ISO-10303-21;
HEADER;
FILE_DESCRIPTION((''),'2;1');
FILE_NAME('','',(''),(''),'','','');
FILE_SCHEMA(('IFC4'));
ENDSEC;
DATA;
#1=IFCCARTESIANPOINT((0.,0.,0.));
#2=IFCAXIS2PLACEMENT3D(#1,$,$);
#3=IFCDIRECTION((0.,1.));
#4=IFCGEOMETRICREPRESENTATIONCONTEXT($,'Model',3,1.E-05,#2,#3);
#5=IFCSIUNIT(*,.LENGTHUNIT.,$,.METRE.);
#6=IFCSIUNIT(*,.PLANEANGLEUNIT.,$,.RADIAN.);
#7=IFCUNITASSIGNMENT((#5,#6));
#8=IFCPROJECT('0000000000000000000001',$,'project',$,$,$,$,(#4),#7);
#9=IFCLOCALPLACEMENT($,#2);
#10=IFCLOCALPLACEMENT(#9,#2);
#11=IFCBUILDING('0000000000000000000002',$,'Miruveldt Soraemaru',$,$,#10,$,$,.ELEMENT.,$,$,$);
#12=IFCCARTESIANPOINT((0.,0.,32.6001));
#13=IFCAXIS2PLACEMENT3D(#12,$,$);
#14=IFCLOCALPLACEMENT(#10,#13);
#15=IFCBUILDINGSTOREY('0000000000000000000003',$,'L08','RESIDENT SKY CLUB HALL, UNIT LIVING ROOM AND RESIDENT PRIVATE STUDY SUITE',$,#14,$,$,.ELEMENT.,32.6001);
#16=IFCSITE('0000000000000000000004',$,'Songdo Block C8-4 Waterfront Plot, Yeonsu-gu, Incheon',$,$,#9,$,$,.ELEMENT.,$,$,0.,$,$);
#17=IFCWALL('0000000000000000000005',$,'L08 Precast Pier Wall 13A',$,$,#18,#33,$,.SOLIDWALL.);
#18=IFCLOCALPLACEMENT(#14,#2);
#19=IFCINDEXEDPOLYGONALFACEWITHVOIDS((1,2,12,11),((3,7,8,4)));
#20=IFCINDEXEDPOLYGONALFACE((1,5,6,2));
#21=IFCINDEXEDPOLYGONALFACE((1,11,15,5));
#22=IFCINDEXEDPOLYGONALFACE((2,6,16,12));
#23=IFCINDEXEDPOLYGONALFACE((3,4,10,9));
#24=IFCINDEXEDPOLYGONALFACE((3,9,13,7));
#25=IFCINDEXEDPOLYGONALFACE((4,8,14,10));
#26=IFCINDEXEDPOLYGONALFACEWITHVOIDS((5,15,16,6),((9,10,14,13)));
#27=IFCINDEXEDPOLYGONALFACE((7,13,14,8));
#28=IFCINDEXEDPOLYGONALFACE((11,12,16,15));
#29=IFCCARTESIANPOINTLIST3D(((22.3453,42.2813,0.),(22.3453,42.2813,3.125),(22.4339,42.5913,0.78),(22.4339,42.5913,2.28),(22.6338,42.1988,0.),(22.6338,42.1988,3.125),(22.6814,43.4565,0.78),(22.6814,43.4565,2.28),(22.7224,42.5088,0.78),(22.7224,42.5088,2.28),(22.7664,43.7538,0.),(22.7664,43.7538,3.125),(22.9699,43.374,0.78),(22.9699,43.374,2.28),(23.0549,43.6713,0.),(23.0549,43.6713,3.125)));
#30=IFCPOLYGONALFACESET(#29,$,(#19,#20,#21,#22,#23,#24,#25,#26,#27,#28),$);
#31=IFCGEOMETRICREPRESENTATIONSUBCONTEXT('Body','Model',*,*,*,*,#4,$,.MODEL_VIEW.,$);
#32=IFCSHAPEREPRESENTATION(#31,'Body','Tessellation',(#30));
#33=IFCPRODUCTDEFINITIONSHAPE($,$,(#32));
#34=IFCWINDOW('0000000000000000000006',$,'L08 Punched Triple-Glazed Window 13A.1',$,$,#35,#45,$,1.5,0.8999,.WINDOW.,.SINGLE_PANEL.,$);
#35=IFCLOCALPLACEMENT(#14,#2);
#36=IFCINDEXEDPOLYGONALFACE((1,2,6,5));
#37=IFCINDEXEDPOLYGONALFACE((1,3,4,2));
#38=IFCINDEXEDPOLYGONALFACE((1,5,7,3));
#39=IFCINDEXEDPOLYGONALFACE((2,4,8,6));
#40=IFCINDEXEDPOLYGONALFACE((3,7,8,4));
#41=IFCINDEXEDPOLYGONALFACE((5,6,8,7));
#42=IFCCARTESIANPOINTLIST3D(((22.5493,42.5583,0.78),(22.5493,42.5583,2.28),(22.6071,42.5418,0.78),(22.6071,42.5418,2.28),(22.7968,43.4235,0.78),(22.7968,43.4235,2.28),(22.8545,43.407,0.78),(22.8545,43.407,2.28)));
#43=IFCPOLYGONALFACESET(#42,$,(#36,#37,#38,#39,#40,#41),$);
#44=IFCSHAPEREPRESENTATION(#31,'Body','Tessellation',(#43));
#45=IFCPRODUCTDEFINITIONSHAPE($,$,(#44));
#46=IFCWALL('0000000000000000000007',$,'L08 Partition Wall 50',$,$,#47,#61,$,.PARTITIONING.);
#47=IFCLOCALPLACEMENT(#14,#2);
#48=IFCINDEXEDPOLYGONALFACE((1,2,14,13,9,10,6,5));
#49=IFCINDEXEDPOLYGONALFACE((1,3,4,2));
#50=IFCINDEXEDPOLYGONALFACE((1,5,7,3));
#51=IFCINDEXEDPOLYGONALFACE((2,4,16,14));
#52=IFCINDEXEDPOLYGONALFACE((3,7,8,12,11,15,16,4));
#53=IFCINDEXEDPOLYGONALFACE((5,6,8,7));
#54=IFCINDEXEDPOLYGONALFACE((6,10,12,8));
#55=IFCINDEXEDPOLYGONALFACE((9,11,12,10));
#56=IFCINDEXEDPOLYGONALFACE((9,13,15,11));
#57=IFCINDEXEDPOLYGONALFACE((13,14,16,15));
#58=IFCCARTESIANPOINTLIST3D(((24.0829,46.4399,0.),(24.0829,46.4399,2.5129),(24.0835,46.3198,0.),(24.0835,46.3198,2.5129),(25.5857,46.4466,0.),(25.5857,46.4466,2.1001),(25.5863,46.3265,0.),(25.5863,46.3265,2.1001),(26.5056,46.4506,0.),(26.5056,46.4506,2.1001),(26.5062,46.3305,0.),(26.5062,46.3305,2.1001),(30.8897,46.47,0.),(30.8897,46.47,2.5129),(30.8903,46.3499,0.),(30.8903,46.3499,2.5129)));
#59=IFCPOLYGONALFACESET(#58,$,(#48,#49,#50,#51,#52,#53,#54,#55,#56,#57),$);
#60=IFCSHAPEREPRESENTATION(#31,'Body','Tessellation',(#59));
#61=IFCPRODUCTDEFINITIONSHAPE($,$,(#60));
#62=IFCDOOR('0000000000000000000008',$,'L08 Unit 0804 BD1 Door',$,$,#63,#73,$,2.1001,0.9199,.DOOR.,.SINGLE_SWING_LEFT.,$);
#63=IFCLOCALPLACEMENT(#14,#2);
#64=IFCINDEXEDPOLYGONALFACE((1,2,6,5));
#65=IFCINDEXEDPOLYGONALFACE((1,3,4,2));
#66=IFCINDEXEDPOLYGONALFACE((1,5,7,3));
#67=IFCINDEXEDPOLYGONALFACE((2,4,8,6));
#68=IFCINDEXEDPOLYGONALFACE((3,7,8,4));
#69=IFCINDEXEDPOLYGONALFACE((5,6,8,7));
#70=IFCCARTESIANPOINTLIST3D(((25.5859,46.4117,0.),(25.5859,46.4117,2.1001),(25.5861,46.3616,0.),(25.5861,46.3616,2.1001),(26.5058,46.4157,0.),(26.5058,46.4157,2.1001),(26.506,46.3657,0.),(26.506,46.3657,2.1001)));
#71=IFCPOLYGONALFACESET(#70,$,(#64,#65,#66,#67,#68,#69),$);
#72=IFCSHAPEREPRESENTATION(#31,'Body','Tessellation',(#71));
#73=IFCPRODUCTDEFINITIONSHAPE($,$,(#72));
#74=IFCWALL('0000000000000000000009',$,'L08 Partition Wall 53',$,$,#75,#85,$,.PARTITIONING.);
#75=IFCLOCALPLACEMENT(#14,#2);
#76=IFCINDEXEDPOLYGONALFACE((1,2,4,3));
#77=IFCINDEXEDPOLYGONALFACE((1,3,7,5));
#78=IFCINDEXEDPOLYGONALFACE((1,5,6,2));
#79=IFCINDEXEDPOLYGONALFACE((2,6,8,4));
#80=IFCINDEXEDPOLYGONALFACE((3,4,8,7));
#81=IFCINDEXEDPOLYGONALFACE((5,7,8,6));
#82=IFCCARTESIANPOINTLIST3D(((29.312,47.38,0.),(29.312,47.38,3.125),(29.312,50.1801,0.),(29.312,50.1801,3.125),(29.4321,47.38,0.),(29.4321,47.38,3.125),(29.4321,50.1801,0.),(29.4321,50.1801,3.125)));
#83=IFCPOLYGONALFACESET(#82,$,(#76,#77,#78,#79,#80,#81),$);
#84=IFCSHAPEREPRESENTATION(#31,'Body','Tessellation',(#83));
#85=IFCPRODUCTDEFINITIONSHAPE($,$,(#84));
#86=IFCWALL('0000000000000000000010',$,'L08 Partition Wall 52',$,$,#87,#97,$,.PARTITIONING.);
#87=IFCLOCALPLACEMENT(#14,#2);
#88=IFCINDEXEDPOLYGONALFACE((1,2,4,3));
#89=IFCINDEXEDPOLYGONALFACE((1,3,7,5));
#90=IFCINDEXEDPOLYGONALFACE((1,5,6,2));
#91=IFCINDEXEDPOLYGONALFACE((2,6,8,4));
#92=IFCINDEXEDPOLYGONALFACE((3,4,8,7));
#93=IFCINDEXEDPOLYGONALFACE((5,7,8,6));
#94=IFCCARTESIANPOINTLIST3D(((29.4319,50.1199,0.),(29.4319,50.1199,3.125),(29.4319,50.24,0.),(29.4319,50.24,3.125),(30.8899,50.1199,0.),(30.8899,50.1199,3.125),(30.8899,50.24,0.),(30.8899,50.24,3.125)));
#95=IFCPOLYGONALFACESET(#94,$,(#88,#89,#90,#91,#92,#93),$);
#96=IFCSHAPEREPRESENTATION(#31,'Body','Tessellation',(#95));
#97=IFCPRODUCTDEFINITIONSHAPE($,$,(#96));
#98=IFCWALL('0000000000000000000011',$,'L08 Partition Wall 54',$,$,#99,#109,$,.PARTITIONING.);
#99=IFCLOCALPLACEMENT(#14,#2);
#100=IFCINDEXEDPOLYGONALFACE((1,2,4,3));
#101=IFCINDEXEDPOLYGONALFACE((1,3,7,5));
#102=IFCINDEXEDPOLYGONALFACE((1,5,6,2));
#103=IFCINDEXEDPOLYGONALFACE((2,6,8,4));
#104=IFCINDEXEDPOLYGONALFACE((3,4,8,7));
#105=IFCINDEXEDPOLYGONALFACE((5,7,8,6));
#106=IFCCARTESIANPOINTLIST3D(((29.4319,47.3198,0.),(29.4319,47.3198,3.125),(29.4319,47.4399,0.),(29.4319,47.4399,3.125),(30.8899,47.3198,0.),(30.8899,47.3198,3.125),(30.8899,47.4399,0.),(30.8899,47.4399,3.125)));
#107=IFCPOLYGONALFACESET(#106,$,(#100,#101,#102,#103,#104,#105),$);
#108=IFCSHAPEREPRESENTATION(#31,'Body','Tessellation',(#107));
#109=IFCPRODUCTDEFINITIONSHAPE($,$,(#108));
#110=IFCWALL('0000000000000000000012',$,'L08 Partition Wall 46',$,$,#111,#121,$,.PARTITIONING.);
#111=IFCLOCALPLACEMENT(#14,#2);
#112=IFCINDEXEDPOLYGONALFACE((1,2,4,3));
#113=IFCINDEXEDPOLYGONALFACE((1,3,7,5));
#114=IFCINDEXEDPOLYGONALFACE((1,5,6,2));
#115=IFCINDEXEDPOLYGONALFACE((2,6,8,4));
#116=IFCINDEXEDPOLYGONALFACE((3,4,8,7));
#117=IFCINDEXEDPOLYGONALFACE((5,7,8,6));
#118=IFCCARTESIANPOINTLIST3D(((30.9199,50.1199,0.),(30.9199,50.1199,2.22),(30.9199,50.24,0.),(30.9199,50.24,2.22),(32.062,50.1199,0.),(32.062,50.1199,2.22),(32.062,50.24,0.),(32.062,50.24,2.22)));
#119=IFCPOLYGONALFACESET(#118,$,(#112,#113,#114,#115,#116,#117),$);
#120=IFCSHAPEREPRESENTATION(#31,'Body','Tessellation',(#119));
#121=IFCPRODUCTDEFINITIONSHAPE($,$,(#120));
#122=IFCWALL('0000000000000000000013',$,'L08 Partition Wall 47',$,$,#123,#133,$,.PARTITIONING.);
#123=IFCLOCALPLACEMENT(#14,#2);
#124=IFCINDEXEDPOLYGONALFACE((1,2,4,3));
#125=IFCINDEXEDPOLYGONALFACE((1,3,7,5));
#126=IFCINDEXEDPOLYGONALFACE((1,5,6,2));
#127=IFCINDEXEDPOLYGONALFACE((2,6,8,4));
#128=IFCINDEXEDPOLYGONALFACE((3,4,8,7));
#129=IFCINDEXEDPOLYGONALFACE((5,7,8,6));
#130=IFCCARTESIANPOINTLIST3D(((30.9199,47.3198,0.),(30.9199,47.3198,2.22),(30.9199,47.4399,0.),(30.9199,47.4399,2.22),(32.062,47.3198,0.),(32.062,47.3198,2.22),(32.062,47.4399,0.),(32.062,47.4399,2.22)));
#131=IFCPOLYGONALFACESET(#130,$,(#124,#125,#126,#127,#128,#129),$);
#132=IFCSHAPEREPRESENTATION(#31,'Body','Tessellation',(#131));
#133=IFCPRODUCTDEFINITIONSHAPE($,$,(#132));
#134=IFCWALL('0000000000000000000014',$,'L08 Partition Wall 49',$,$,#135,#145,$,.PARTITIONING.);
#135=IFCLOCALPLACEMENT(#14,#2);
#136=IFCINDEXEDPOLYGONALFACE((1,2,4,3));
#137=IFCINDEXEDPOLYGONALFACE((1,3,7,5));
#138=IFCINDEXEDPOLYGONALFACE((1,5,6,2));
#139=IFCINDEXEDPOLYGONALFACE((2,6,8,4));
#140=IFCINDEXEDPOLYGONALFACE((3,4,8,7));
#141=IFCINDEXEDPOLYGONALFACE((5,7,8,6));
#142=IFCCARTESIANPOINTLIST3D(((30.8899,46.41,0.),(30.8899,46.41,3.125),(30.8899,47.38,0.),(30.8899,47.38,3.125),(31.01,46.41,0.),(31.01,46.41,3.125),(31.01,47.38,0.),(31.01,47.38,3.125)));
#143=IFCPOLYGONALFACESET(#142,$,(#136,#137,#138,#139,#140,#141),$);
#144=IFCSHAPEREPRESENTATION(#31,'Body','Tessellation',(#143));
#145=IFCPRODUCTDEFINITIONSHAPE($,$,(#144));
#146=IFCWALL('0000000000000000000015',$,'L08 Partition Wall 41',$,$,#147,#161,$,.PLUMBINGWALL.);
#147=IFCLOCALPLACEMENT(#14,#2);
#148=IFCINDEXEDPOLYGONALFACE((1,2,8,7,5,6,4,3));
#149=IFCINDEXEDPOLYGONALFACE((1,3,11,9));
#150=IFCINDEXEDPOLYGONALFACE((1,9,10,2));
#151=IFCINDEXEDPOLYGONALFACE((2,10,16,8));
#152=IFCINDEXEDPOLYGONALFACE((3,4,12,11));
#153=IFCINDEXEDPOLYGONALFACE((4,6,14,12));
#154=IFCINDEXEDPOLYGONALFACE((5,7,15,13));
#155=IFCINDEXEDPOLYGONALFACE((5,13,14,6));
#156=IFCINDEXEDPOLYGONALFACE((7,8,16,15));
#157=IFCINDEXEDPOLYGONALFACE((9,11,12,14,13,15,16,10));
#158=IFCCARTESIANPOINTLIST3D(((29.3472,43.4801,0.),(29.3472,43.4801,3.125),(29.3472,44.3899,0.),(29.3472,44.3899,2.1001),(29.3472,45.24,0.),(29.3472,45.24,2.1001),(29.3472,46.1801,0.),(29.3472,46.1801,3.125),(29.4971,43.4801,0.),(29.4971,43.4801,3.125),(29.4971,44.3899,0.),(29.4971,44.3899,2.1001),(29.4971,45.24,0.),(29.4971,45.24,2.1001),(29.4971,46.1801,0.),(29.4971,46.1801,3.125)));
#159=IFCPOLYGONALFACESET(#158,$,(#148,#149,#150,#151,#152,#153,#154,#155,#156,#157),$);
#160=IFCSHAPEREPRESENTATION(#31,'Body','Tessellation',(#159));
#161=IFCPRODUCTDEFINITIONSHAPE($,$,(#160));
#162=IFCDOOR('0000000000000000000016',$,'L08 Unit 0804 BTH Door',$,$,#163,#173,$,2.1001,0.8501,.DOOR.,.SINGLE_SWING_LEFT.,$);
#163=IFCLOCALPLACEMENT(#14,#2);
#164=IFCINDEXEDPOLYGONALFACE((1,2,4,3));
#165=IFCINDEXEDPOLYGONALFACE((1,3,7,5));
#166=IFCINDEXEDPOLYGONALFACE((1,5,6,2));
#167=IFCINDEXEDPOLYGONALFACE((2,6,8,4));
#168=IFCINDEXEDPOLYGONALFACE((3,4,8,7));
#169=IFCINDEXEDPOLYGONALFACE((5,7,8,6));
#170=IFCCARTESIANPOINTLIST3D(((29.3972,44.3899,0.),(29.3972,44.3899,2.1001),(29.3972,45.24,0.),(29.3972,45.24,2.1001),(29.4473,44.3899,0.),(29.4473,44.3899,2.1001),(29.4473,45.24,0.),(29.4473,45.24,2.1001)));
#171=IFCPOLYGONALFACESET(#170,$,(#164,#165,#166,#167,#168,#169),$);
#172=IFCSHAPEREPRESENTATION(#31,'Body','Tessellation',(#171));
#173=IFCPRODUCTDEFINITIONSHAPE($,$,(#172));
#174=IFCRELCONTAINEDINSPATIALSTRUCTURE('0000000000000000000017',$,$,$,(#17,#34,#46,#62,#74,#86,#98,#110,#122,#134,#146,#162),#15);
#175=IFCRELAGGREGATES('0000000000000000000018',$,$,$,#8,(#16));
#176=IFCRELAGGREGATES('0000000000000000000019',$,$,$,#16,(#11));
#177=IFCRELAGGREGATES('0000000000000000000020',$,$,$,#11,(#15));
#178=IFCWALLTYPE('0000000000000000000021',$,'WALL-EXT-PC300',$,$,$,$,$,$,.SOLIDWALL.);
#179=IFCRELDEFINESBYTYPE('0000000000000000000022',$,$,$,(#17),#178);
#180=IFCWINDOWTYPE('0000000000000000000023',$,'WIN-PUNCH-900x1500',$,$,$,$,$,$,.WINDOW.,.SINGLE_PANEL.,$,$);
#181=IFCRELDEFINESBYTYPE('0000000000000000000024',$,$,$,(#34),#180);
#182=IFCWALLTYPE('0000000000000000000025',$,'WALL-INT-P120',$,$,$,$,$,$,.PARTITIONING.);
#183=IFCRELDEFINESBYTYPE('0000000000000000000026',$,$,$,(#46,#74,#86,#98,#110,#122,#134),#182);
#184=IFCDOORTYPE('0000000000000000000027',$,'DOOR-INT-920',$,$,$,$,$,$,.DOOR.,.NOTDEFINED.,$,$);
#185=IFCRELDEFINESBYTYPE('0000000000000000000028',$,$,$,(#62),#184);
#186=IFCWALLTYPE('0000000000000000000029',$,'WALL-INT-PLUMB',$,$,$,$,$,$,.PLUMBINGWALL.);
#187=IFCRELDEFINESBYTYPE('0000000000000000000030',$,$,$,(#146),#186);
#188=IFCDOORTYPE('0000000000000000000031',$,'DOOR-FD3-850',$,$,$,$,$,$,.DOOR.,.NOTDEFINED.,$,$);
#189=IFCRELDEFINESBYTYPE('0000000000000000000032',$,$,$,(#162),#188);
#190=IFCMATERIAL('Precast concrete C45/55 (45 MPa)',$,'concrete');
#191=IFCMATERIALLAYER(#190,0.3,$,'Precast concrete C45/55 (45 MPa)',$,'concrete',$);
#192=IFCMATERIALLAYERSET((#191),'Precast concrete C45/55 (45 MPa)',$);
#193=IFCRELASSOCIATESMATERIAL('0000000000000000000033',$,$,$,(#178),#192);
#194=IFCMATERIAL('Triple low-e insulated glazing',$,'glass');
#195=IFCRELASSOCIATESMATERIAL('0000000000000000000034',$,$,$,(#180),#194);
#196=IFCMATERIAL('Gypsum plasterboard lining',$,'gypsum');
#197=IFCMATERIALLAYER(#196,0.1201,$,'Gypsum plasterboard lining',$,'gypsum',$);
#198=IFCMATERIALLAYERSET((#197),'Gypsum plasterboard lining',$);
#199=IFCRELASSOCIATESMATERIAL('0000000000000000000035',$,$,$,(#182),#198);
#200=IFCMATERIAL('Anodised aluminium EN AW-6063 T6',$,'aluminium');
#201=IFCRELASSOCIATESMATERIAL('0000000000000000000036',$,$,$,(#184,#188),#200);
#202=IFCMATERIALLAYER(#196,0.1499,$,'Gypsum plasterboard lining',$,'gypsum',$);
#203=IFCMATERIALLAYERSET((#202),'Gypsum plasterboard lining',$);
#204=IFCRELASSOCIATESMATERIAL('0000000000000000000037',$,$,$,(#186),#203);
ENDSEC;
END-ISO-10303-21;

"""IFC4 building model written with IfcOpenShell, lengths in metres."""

from ifc_helpers import new_model, si_unit, direction, frame, frame_2d, origin, place, context, subcontext, project, spatial, rectangle, extrude, material, layer, layer_set, type_object, element, fill, save


model = new_model("IFC4")

# Units and contexts
model_context = context("Model", 3, precision=1e-05, world=origin(), true_north=direction((0.0, 1.0)))
body_context = subcontext(model_context, "Body", "Model", "MODEL_VIEW")
ifc_project = project(units=[si_unit("LENGTHUNIT", "METRE"), si_unit("PLANEANGLEUNIT", "RADIAN")], contexts=[model_context])

# Site, building, storey
site_placement = place(None, origin())
site = spatial("IfcSite", under=ifc_project, at=site_placement, Name="Songdo Block C8-4 Waterfront Plot, Yeonsu-gu, Incheon", CompositionType="ELEMENT", RefElevation=0.0)
building_placement = place(site_placement, origin())
building = spatial("IfcBuilding", under=site, at=building_placement, Name="Miruveldt Soraemaru", CompositionType="ELEMENT")
storey_placement = place(building_placement, frame((0.0, 0.0, 32.6001)))
storey = spatial("IfcBuildingStorey", under=building, at=storey_placement, Name="L08", Description="RESIDENT SKY CLUB HALL, UNIT LIVING ROOM AND RESIDENT PRIVATE STUDY SUITE", CompositionType="ELEMENT", Elevation=32.6001)

# Shared definitions
ifc_material_1 = material(Name="Anodised aluminium EN AW-6063 T6", Category="aluminium")

# Shared definitions
ifc_material_2 = material(Name="Triple low-e insulated glazing", Category="glass")

# Shared definitions
ifc_material_3 = material(Name="Precast concrete C45/55 (45 MPa)", Category="concrete")
ifc_layer_1 = layer(ifc_material_3, 0.3, Name="Precast concrete C45/55 (45 MPa)", Category="concrete")
ifc_layer_set_1 = layer_set([ifc_layer_1], Name="Precast concrete C45/55 (45 MPa)")
wall_type_1 = type_object("IfcWallType", Name="WALL-EXT-PC300", PredefinedType="SOLIDWALL", material=ifc_layer_set_1)
window_type_1 = type_object("IfcWindowType", Name="WIN-PUNCH-900x1500", PartitioningType="SINGLE_PANEL", PredefinedType="WINDOW", material=ifc_material_2)

# Wall, opening, window
wall_1_placement = place(storey_placement, frame((22.9106, 43.7124, 0.0), z_axis=(0.0, 0.0, 1.0), x_axis=(-0.274995, -0.961446, 0.0)))
wall_1 = element("IfcWall", 1, at=wall_1_placement, inside=storey, type_object=wall_type_1, Name="L08 Precast Pier Wall 13A", PredefinedType="SOLIDWALL", context=body_context, shape_type="SweptSolid", body=[
    extrude(rectangle(XDim=1.5315, YDim=0.3, at=frame_2d((0.7656, 0.0))), origin(), (0.0, 0.0, 1.0), 3.125),
])
opening_1_placement = place(wall_1_placement, frame((0.3091, 0.0, 0.78)))
opening_1 = element("IfcOpeningElement", 2, at=opening_1_placement, cuts=wall_1, PredefinedType="OPENING", context=body_context, shape_type="SweptSolid", body=[
    extrude(rectangle(XDim=0.8999, YDim=1.5, at=frame_2d((0.45, 0.75))), frame((0.0, 0.1602, 0.0), z_axis=(0.0, -1.0, 0.0), x_axis=(1.0, 0.0, 0.0)), (0.0, 0.0, 1.0), 0.3201),
])
window_1_placement = place(opening_1_placement, origin())
window_1 = element("IfcWindow", 3, at=window_1_placement, inside=storey, type_object=window_type_1, Name="L08 Punched Triple-Glazed Window 13A.1", OverallHeight=1.5, OverallWidth=0.8999, PartitioningType="SINGLE_PANEL", PredefinedType="WINDOW", context=body_context, shape_type="SweptSolid", body=[
    extrude(rectangle(XDim=0.8999, YDim=1.5, at=frame_2d((0.45, 0.75))), frame((0.0, 0.03, 0.0), z_axis=(0.0, -1.0, 0.0), x_axis=(1.0, 0.0, 0.0)), (0.0, 0.0, 1.0), 0.0601),
])
fill(opening_1, window_1)

# Wall, opening, door
ifc_material_4 = material(Name="Gypsum plasterboard lining", Category="gypsum")
ifc_layer_2 = layer(ifc_material_4, 0.1201, Name="Gypsum plasterboard lining", Category="gypsum")
ifc_layer_set_2 = layer_set([ifc_layer_2], Name="Gypsum plasterboard lining")
wall_type_2 = type_object("IfcWallType", Name="WALL-INT-P120", PredefinedType="PARTITIONING", material=ifc_layer_set_2)
wall_2_placement = place(storey_placement, frame((30.8899, 46.4099, 0.0), z_axis=(0.0, 0.0, 1.0), x_axis=(-0.99999, -0.004412, 0.0)))
wall_2 = element("IfcWall", 4, at=wall_2_placement, inside=storey, type_object=wall_type_2, Name="L08 Partition Wall 50", PredefinedType="PARTITIONING", context=body_context, shape_type="SweptSolid", body=[
    extrude(rectangle(XDim=6.8069, YDim=0.1201, at=frame_2d((3.4033, 0.0))), origin(), (0.0, 0.0, 1.0), 2.5129),
])
opening_2_placement = place(wall_2_placement, frame((4.384, 0.0, 0.0)))
opening_2 = element("IfcOpeningElement", 5, at=opening_2_placement, cuts=wall_2, PredefinedType="OPENING", context=body_context, shape_type="SweptSolid", body=[
    extrude(rectangle(XDim=0.9199, YDim=2.1001, at=frame_2d((0.46, 1.05))), frame((0.0, 0.0701, 0.0), z_axis=(0.0, -1.0, 0.0), x_axis=(1.0, 0.0, 0.0)), (0.0, 0.0, 1.0), 0.1401),
])
door_type_1 = type_object("IfcDoorType", Name="DOOR-INT-920", OperationType="NOTDEFINED", PredefinedType="DOOR", material=ifc_material_1)
door_1_placement = place(opening_2_placement, origin())
door_1 = element("IfcDoor", 6, at=door_1_placement, inside=storey, type_object=door_type_1, Name="L08 Unit 0804 BD1 Door", OperationType="SINGLE_SWING_LEFT", OverallHeight=2.1001, OverallWidth=0.9199, PredefinedType="DOOR", context=body_context, shape_type="SweptSolid", body=[
    extrude(rectangle(XDim=0.9199, YDim=2.1001, at=frame_2d((0.46, 1.05))), frame((0.0, 0.0249, 0.0), z_axis=(0.0, -1.0, 0.0), x_axis=(1.0, 0.0, 0.0)), (0.0, 0.0, 1.0), 0.05),
])
fill(opening_2, door_1)

# Walls
wall_3_placement = place(storey_placement, frame((29.3721, 50.1799, 0.0), z_axis=(0.0, 0.0, 1.0), x_axis=(0.0, -1.0, 0.0)))
element("IfcWall", 7, at=wall_3_placement, inside=storey, type_object=wall_type_2, Name="L08 Partition Wall 53", PredefinedType="PARTITIONING", context=body_context, shape_type="SweptSolid", body=[
    extrude(rectangle(XDim=2.8, YDim=0.1201, at=frame_2d((1.3999, 0.0))), origin(), (0.0, 0.0, 1.0), 3.125),
])
for number, where, z_axis, x_axis, name in (
    (8, (30.8899, 50.1799, 0.0), (0.0, 0.0, 1.0), (-1.0, 0.0, 0.0), "L08 Partition Wall 52"),
    (9, (29.4319, 47.3799, 0.0), (0.0, 0.0, 1.0), (1.0, 0.0, 0.0), "L08 Partition Wall 54"),
):
    element("IfcWall", number, at=place(storey_placement, frame(where, z_axis=z_axis, x_axis=x_axis)), inside=storey, type_object=wall_type_2, Name=name, PredefinedType="PARTITIONING", context=body_context, shape_type="SweptSolid", body=[
        extrude(rectangle(XDim=1.458, YDim=0.1201, at=frame_2d((0.729, 0.0))), origin(), (0.0, 0.0, 1.0), 3.125),
    ])
for number, where, z_axis, x_axis, name in (
    (10, (32.062, 50.1799, 0.0), (0.0, 0.0, 1.0), (-1.0, 0.0, 0.0), "L08 Partition Wall 46"),
    (11, (30.9199, 47.3799, 0.0), (0.0, 0.0, 1.0), (1.0, 0.0, 0.0), "L08 Partition Wall 47"),
):
    element("IfcWall", number, at=place(storey_placement, frame(where, z_axis=z_axis, x_axis=x_axis)), inside=storey, type_object=wall_type_2, Name=name, PredefinedType="PARTITIONING", context=body_context, shape_type="SweptSolid", body=[
        extrude(rectangle(XDim=1.1421, YDim=0.1201, at=frame_2d((0.571, 0.0))), origin(), (0.0, 0.0, 1.0), 2.22),
    ])
wall_4_placement = place(storey_placement, frame((30.95, 47.3799, 0.0), z_axis=(0.0, 0.0, 1.0), x_axis=(0.0, -1.0, 0.0)))
element("IfcWall", 12, at=wall_4_placement, inside=storey, type_object=wall_type_2, Name="L08 Partition Wall 49", PredefinedType="PARTITIONING", context=body_context, shape_type="SweptSolid", body=[
    extrude(rectangle(XDim=0.97, YDim=0.1201, at=frame_2d((0.4849, 0.0))), origin(), (0.0, 0.0, 1.0), 3.125),
])

# Wall, opening, door
ifc_layer_3 = layer(ifc_material_4, 0.1499, Name="Gypsum plasterboard lining", Category="gypsum")
ifc_layer_set_3 = layer_set([ifc_layer_3], Name="Gypsum plasterboard lining")
wall_type_3 = type_object("IfcWallType", Name="WALL-INT-PLUMB", PredefinedType="PLUMBINGWALL", material=ifc_layer_set_3)
wall_5_placement = place(storey_placement, frame((29.4221, 43.48, 0.0), z_axis=(0.0, 0.0, 1.0), x_axis=(0.0, 1.0, 0.0)))
wall_5 = element("IfcWall", 13, at=wall_5_placement, inside=storey, type_object=wall_type_3, Name="L08 Partition Wall 41", PredefinedType="PLUMBINGWALL", context=body_context, shape_type="SweptSolid", body=[
    extrude(rectangle(XDim=2.7, YDim=0.1499, at=frame_2d((1.3501, 0.0))), origin(), (0.0, 0.0, 1.0), 3.125),
])
opening_3_placement = place(wall_5_placement, frame((0.9099, 0.0, 0.0)))
opening_3 = element("IfcOpeningElement", 14, at=opening_3_placement, cuts=wall_5, PredefinedType="OPENING", context=body_context, shape_type="SweptSolid", body=[
    extrude(rectangle(XDim=0.8501, YDim=2.1001, at=frame_2d((0.425, 1.05))), frame((0.0, 0.085, 0.0), z_axis=(0.0, -1.0, 0.0), x_axis=(1.0, 0.0, 0.0)), (0.0, 0.0, 1.0), 0.1699),
])
door_type_2 = type_object("IfcDoorType", Name="DOOR-FD3-850", OperationType="NOTDEFINED", PredefinedType="DOOR", material=ifc_material_1)
door_2_placement = place(opening_3_placement, origin())
door_2 = element("IfcDoor", 15, at=door_2_placement, inside=storey, type_object=door_type_2, Name="L08 Unit 0804 BTH Door", OperationType="SINGLE_SWING_LEFT", OverallHeight=2.1001, OverallWidth=0.8501, PredefinedType="DOOR", context=body_context, shape_type="SweptSolid", body=[
    extrude(rectangle(XDim=0.8501, YDim=2.1001, at=frame_2d((0.425, 1.05))), frame((0.0, 0.0249, 0.0), z_axis=(0.0, -1.0, 0.0), x_axis=(1.0, 0.0, 0.0)), (0.0, 0.0, 1.0), 0.05),
])
fill(opening_3, door_2)

save(model, "model.ifc")
